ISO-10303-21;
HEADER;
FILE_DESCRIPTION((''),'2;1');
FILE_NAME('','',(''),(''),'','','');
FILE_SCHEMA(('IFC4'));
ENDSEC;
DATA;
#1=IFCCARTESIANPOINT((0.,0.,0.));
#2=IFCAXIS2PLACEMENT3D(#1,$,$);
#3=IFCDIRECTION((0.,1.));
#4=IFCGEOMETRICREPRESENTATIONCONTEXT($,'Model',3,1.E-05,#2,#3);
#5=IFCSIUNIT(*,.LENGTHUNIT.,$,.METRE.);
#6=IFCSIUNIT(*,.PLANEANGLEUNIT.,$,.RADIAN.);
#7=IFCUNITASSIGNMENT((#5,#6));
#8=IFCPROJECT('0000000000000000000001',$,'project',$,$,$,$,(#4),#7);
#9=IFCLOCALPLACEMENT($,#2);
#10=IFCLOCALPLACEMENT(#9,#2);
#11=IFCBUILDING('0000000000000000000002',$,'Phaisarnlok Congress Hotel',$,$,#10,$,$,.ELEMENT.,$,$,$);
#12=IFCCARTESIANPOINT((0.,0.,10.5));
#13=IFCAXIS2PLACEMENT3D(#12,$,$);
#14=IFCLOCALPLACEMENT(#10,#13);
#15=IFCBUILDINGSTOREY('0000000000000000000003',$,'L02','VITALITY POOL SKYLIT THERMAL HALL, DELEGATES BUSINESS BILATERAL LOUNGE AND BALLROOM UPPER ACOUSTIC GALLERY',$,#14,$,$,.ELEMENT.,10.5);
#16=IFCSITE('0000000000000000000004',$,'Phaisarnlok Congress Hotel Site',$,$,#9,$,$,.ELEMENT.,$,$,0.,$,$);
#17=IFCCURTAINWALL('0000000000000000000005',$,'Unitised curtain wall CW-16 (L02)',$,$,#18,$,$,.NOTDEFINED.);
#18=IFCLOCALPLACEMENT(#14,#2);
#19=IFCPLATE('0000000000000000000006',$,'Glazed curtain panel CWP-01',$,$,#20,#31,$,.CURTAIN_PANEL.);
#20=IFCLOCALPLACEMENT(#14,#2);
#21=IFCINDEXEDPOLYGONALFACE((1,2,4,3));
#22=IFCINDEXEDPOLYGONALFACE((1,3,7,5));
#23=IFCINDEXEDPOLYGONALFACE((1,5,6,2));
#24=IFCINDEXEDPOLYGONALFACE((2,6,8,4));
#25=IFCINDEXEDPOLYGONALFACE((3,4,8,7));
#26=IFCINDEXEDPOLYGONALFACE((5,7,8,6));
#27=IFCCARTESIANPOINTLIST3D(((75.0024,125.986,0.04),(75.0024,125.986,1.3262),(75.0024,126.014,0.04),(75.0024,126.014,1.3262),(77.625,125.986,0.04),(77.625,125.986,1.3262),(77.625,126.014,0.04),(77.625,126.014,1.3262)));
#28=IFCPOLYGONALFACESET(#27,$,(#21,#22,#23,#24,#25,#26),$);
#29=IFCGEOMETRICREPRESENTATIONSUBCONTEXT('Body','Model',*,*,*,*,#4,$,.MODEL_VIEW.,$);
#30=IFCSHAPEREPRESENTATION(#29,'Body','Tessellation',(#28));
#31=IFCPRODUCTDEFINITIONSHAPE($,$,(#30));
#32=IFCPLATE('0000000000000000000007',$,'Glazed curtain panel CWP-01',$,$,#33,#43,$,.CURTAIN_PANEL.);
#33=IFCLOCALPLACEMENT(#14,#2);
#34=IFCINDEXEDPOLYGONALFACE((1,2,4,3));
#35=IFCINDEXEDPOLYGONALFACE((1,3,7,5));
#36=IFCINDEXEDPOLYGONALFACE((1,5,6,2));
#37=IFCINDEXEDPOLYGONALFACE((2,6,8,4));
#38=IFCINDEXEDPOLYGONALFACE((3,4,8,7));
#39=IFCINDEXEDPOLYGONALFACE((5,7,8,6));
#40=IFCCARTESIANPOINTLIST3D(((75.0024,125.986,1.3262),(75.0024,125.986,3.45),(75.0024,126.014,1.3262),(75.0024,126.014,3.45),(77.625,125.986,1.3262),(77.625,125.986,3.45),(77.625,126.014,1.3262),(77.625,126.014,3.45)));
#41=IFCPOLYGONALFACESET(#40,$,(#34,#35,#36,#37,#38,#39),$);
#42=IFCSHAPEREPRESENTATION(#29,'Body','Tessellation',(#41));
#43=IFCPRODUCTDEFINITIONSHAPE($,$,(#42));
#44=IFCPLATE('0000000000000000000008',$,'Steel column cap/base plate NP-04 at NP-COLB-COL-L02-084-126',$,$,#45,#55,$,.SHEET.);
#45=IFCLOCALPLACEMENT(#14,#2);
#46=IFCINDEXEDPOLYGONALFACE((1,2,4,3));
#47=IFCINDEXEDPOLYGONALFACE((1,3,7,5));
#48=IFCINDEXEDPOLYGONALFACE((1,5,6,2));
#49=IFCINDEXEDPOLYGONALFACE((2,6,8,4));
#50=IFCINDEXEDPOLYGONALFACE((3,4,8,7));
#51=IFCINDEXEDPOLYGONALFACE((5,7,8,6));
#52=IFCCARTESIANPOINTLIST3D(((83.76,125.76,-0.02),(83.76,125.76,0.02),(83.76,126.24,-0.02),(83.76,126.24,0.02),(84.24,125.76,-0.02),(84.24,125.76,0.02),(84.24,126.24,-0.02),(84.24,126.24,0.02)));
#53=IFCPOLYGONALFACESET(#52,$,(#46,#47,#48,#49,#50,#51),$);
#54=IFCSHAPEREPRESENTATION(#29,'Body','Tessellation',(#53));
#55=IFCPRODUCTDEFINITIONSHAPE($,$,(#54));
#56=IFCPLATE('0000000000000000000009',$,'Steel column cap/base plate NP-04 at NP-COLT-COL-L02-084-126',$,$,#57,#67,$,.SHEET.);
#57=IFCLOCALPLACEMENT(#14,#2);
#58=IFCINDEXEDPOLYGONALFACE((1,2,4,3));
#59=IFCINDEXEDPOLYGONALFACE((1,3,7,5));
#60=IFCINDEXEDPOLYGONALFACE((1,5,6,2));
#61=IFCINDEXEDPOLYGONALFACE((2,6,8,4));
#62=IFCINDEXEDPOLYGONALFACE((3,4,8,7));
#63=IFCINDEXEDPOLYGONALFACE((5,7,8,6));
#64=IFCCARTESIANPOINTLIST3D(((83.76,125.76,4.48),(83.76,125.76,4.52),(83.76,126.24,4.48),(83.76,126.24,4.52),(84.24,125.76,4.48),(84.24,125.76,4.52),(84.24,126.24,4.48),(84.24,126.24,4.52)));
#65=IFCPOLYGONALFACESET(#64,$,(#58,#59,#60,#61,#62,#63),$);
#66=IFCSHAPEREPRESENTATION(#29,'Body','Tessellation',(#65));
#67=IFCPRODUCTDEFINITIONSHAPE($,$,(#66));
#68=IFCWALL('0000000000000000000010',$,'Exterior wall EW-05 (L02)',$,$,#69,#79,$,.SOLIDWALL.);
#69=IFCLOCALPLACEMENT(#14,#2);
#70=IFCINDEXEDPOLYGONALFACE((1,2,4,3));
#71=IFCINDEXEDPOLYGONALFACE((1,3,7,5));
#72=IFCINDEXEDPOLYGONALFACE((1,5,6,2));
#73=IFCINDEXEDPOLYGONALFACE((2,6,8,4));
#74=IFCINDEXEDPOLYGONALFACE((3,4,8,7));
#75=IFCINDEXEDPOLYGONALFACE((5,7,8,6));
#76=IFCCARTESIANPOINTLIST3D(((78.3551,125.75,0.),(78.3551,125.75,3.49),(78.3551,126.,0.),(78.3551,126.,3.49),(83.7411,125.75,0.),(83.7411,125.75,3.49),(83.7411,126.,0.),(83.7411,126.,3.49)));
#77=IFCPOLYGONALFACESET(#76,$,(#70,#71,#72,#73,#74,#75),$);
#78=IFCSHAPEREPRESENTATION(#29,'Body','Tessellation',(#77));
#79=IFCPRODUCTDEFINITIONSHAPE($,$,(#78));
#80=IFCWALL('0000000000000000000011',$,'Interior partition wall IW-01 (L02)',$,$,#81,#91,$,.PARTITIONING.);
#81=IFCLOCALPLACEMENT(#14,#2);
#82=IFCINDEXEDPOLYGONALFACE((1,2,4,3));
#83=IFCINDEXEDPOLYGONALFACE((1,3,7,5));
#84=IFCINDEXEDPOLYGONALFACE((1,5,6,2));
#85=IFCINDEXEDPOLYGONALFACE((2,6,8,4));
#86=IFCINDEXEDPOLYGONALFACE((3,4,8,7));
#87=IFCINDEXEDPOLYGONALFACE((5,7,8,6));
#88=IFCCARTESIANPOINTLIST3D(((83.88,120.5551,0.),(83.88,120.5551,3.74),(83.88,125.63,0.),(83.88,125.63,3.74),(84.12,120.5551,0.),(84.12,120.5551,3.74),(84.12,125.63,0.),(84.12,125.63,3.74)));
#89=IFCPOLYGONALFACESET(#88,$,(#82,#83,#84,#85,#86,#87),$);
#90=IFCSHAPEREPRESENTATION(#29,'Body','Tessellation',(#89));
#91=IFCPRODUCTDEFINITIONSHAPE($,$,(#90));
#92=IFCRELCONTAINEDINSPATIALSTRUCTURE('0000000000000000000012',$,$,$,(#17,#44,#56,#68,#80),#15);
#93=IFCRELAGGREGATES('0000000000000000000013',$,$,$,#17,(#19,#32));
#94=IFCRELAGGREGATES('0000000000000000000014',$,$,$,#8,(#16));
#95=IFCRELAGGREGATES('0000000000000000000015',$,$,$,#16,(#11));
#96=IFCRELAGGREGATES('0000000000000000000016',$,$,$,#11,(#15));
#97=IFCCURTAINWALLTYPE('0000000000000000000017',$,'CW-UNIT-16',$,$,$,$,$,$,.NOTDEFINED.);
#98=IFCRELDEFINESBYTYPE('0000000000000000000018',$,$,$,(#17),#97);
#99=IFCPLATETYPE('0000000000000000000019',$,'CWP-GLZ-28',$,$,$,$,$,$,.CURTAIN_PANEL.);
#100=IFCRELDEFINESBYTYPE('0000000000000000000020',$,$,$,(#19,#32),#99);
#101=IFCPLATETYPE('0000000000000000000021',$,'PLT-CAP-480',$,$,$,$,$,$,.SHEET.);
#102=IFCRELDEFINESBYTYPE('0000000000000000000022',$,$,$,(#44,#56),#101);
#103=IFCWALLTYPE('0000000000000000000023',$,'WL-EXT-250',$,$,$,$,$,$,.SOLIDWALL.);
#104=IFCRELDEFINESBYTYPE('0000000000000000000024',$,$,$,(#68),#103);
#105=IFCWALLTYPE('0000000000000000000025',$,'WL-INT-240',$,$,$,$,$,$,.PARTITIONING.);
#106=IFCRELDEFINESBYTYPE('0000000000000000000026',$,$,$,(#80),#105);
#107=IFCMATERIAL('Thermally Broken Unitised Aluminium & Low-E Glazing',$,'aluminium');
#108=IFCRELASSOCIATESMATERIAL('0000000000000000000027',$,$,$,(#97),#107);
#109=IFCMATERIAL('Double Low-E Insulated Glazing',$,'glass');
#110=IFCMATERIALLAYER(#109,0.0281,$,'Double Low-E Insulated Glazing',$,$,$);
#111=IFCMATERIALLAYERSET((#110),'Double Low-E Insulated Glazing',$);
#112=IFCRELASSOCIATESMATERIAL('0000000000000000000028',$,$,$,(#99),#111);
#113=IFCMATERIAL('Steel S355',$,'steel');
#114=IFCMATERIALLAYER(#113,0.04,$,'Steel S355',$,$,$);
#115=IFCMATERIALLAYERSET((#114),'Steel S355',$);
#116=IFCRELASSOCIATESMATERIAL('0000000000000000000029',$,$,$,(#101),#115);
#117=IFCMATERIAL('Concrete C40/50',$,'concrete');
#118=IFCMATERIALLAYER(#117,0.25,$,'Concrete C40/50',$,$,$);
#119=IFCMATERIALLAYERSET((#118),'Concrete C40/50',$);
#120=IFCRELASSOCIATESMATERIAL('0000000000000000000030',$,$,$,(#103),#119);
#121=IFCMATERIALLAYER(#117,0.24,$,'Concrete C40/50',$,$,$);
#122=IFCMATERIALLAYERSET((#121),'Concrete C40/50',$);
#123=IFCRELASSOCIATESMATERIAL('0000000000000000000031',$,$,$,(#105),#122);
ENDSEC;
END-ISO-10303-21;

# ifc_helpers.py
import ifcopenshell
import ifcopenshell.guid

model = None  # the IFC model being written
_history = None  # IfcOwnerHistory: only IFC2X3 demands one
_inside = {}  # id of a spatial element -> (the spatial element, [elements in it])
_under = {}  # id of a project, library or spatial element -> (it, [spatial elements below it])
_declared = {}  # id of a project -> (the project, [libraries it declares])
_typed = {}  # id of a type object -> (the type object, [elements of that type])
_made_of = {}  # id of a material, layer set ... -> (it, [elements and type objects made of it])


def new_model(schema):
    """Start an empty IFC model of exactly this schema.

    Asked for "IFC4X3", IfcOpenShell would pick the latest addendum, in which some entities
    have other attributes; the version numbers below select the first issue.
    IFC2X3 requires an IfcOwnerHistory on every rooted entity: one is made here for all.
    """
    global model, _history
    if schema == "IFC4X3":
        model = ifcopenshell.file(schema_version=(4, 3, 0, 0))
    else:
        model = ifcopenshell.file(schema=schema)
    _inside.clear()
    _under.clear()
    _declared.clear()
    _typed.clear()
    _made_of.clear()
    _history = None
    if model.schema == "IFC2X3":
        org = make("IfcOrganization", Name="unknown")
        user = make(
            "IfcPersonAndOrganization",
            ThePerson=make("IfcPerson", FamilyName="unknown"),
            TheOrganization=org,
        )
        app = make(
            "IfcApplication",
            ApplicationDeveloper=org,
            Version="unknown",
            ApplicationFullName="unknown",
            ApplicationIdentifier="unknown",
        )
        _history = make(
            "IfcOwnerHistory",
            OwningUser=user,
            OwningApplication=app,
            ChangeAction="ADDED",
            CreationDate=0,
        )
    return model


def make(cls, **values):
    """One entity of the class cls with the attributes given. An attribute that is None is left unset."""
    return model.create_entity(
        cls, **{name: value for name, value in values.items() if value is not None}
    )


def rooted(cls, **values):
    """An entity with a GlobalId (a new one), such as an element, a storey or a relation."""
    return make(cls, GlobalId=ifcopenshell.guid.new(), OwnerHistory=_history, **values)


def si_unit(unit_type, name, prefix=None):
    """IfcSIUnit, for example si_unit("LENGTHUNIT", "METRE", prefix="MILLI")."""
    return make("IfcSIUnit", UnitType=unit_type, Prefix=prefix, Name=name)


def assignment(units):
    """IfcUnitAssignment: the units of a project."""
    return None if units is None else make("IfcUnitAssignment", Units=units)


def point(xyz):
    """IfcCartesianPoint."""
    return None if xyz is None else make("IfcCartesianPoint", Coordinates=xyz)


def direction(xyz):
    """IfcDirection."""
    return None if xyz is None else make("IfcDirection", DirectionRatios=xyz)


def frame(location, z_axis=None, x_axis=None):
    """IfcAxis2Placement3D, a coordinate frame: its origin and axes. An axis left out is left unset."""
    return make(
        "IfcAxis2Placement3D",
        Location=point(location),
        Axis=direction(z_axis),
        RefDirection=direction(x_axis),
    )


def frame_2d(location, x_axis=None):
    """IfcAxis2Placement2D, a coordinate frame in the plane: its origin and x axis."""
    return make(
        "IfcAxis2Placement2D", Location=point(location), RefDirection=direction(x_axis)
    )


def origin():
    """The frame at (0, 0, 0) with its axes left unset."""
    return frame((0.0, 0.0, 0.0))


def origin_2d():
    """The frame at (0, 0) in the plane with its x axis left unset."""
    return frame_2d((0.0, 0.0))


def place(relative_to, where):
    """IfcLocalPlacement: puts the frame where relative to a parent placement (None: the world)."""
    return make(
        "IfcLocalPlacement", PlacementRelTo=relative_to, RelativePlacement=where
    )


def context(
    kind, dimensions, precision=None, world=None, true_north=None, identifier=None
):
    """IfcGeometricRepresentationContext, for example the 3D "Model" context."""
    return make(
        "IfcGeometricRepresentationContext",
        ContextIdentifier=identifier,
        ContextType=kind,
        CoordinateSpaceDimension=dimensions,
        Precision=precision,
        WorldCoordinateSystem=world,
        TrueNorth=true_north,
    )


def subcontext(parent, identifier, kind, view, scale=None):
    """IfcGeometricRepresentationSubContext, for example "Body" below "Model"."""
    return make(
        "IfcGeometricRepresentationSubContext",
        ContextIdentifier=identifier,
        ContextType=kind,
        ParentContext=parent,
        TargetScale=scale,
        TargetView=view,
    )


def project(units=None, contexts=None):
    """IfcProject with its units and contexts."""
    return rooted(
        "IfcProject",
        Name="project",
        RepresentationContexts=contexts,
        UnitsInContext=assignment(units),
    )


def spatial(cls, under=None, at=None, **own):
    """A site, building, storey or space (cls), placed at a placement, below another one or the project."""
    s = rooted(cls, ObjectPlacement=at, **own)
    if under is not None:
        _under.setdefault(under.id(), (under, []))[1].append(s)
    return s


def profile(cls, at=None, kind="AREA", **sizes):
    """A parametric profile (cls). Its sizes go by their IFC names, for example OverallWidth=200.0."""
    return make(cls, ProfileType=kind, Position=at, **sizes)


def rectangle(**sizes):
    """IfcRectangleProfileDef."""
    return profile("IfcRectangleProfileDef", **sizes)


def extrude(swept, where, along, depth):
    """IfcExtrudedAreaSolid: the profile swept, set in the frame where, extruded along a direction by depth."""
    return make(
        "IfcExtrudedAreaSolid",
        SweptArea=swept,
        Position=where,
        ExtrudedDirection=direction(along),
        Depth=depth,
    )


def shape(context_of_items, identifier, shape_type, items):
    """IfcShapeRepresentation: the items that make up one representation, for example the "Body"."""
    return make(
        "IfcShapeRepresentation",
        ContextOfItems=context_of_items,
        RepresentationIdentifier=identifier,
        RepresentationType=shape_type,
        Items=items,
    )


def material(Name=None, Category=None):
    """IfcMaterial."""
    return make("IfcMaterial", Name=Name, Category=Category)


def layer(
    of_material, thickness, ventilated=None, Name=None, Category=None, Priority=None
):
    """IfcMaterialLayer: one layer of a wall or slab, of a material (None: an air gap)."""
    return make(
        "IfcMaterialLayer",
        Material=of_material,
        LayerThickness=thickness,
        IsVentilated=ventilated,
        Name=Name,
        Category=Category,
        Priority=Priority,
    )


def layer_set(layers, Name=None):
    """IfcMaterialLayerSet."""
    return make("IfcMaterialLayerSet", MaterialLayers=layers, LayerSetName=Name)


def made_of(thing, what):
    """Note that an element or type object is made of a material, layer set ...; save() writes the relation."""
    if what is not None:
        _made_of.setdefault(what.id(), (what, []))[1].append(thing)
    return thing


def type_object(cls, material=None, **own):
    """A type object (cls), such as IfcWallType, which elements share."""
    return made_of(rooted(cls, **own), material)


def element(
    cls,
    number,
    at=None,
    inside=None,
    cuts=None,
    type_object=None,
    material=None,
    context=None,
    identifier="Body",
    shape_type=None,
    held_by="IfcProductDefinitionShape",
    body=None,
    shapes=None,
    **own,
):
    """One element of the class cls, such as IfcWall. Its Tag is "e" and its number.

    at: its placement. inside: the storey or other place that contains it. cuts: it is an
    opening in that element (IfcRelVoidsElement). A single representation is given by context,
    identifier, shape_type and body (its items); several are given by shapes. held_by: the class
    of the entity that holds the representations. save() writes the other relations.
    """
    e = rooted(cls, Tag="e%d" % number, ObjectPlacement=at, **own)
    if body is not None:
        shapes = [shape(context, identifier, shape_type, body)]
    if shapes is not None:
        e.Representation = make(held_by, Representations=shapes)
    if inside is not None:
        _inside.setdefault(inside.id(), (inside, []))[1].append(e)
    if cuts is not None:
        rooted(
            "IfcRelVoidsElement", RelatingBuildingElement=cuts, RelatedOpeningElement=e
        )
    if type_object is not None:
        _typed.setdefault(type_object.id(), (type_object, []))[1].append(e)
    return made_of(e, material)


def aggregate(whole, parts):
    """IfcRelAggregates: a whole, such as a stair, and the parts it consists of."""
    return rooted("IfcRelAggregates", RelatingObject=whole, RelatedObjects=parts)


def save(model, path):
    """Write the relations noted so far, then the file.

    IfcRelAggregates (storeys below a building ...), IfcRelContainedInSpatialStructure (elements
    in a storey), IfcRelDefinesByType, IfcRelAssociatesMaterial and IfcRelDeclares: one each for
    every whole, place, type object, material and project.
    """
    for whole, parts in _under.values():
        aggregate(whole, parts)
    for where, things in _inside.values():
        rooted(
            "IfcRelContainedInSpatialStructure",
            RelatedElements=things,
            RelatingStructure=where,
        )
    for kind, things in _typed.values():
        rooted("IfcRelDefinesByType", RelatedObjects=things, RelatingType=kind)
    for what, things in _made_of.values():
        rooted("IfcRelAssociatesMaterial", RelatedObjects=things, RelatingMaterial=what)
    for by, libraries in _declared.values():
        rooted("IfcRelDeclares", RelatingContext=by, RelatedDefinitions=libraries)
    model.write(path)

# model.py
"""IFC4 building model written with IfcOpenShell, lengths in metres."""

from ifc_helpers import new_model, si_unit, direction, frame, frame_2d, origin, origin_2d, place, context, subcontext, project, spatial, rectangle, extrude, material, layer, layer_set, type_object, element, aggregate, save


model = new_model("IFC4")

# Units and contexts
model_context = context("Model", 3, precision=1e-05, world=origin(), true_north=direction((0.0, 1.0)))
body_context = subcontext(model_context, "Body", "Model", "MODEL_VIEW")
ifc_project = project(units=[si_unit("LENGTHUNIT", "METRE"), si_unit("PLANEANGLEUNIT", "RADIAN")], contexts=[model_context])

# Site, building, storey
site_placement = place(None, origin())
site = spatial("IfcSite", under=ifc_project, at=site_placement, Name="Phaisarnlok Congress Hotel Site", CompositionType="ELEMENT", RefElevation=0.0)
building_placement = place(site_placement, origin())
building = spatial("IfcBuilding", under=site, at=building_placement, Name="Phaisarnlok Congress Hotel", CompositionType="ELEMENT")
storey_placement = place(building_placement, frame((0.0, 0.0, 10.5)))
storey = spatial("IfcBuildingStorey", under=building, at=storey_placement, Name="L02", Description="VITALITY POOL SKYLIT THERMAL HALL, DELEGATES BUSINESS BILATERAL LOUNGE AND BALLROOM UPPER ACOUSTIC GALLERY", CompositionType="ELEMENT", Elevation=10.5)

# Shared definitions
ifc_material_1 = material(Name="Steel S355", Category="steel")

# Shared definitions
ifc_material_2 = material(Name="Thermally Broken Unitised Aluminium & Low-E Glazing", Category="aluminium")

# Curtain wall
curtain_wall_type_1 = type_object("IfcCurtainWallType", Name="CW-UNIT-16", PredefinedType="NOTDEFINED", material=ifc_material_2)
curtain_wall_1_placement = place(storey_placement, origin())
curtain_wall_1 = element("IfcCurtainWall", 1, at=curtain_wall_1_placement, inside=storey, type_object=curtain_wall_type_1, Name="Unitised curtain wall CW-16 (L02)", PredefinedType="NOTDEFINED")

# Shared definitions
ifc_material_3 = material(Name="Concrete C40/50", Category="concrete")

# Plates
ifc_material_4 = material(Name="Double Low-E Insulated Glazing", Category="glass")
ifc_layer_1 = layer(ifc_material_4, 0.0281, Name="Double Low-E Insulated Glazing")
ifc_layer_set_1 = layer_set([ifc_layer_1], Name="Double Low-E Insulated Glazing")
plate_type_1 = type_object("IfcPlateType", Name="CWP-GLZ-28", PredefinedType="CURTAIN_PANEL", material=ifc_layer_set_1)
plate_1_placement = place(storey_placement, frame((77.625, 126.0, 0.04), z_axis=(0.0, 0.0, 1.0), x_axis=(-1.0, 0.0, 0.0)))
plate_1 = element("IfcPlate", 2, at=plate_1_placement, type_object=plate_type_1, Name="Glazed curtain panel CWP-01", PredefinedType="CURTAIN_PANEL", context=body_context, shape_type="SweptSolid", body=[
    extrude(rectangle(XDim=2.6226, YDim=0.0281, at=frame_2d((1.3113, 0.0))), origin(), (0.0, 0.0, 1.0), 1.2861),
])
plate_2_placement = place(storey_placement, frame((77.625, 126.0, 1.3262), z_axis=(0.0, 0.0, 1.0), x_axis=(-1.0, 0.0, 0.0)))
plate_2 = element("IfcPlate", 3, at=plate_2_placement, type_object=plate_type_1, Name="Glazed curtain panel CWP-01", PredefinedType="CURTAIN_PANEL", context=body_context, shape_type="SweptSolid", body=[
    extrude(rectangle(XDim=2.6226, YDim=0.0281, at=frame_2d((1.3113, 0.0))), origin(), (0.0, 0.0, 1.0), 2.1238),
])
aggregate(curtain_wall_1, [plate_1, plate_2])

# Plates
ifc_layer_2 = layer(ifc_material_1, 0.04, Name="Steel S355")
ifc_layer_set_2 = layer_set([ifc_layer_2], Name="Steel S355")
plate_type_2 = type_object("IfcPlateType", Name="PLT-CAP-480", PredefinedType="SHEET", material=ifc_layer_set_2)
for number, where, z_axis, x_axis, name in (
    (4, (84.0, 126.0, -0.02), (0.0, 0.0, 1.0), (1.0, 0.0, 0.0), "Steel column cap/base plate NP-04 at NP-COLB-COL-L02-084-126"),
    (5, (84.0, 126.0, 4.48), (0.0, 0.0, 1.0), (1.0, 0.0, 0.0), "Steel column cap/base plate NP-04 at NP-COLT-COL-L02-084-126"),
):
    element("IfcPlate", number, at=place(storey_placement, frame(where, z_axis=z_axis, x_axis=x_axis)), inside=storey, type_object=plate_type_2, Name=name, PredefinedType="SHEET", context=body_context, shape_type="SweptSolid", body=[
        extrude(rectangle(XDim=0.48, YDim=0.48, at=origin_2d()), origin(), (0.0, 0.0, 1.0), 0.04),
    ])

# Walls
ifc_layer_3 = layer(ifc_material_3, 0.25, Name="Concrete C40/50")
ifc_layer_set_3 = layer_set([ifc_layer_3], Name="Concrete C40/50")
wall_type_1 = type_object("IfcWallType", Name="WL-EXT-250", PredefinedType="SOLIDWALL", material=ifc_layer_set_3)
wall_1_placement = place(storey_placement, frame((83.741, 125.875, 0.0), z_axis=(0.0, 0.0, 1.0), x_axis=(-1.0, 0.0, 0.0)))
element("IfcWall", 6, at=wall_1_placement, inside=storey, type_object=wall_type_1, Name="Exterior wall EW-05 (L02)", PredefinedType="SOLIDWALL", context=body_context, shape_type="SweptSolid", body=[
    extrude(rectangle(XDim=5.386, YDim=0.25, at=frame_2d((2.6929, 0.0))), origin(), (0.0, 0.0, 1.0), 3.49),
])
ifc_layer_4 = layer(ifc_material_3, 0.24, Name="Concrete C40/50")
ifc_layer_set_4 = layer_set([ifc_layer_4], Name="Concrete C40/50")
wall_type_2 = type_object("IfcWallType", Name="WL-INT-240", PredefinedType="PARTITIONING", material=ifc_layer_set_4)
wall_2_placement = place(storey_placement, frame((84.0, 120.5549, 0.0), z_axis=(0.0, 0.0, 1.0), x_axis=(0.0, 1.0, 0.0)))
element("IfcWall", 7, at=wall_2_placement, inside=storey, type_object=wall_type_2, Name="Interior partition wall IW-01 (L02)", PredefinedType="PARTITIONING", context=body_context, shape_type="SweptSolid", body=[
    extrude(rectangle(XDim=5.075, YDim=0.24, at=frame_2d((2.5376, 0.0))), origin(), (0.0, 0.0, 1.0), 3.74),
])

save(model, "model.ifc")
